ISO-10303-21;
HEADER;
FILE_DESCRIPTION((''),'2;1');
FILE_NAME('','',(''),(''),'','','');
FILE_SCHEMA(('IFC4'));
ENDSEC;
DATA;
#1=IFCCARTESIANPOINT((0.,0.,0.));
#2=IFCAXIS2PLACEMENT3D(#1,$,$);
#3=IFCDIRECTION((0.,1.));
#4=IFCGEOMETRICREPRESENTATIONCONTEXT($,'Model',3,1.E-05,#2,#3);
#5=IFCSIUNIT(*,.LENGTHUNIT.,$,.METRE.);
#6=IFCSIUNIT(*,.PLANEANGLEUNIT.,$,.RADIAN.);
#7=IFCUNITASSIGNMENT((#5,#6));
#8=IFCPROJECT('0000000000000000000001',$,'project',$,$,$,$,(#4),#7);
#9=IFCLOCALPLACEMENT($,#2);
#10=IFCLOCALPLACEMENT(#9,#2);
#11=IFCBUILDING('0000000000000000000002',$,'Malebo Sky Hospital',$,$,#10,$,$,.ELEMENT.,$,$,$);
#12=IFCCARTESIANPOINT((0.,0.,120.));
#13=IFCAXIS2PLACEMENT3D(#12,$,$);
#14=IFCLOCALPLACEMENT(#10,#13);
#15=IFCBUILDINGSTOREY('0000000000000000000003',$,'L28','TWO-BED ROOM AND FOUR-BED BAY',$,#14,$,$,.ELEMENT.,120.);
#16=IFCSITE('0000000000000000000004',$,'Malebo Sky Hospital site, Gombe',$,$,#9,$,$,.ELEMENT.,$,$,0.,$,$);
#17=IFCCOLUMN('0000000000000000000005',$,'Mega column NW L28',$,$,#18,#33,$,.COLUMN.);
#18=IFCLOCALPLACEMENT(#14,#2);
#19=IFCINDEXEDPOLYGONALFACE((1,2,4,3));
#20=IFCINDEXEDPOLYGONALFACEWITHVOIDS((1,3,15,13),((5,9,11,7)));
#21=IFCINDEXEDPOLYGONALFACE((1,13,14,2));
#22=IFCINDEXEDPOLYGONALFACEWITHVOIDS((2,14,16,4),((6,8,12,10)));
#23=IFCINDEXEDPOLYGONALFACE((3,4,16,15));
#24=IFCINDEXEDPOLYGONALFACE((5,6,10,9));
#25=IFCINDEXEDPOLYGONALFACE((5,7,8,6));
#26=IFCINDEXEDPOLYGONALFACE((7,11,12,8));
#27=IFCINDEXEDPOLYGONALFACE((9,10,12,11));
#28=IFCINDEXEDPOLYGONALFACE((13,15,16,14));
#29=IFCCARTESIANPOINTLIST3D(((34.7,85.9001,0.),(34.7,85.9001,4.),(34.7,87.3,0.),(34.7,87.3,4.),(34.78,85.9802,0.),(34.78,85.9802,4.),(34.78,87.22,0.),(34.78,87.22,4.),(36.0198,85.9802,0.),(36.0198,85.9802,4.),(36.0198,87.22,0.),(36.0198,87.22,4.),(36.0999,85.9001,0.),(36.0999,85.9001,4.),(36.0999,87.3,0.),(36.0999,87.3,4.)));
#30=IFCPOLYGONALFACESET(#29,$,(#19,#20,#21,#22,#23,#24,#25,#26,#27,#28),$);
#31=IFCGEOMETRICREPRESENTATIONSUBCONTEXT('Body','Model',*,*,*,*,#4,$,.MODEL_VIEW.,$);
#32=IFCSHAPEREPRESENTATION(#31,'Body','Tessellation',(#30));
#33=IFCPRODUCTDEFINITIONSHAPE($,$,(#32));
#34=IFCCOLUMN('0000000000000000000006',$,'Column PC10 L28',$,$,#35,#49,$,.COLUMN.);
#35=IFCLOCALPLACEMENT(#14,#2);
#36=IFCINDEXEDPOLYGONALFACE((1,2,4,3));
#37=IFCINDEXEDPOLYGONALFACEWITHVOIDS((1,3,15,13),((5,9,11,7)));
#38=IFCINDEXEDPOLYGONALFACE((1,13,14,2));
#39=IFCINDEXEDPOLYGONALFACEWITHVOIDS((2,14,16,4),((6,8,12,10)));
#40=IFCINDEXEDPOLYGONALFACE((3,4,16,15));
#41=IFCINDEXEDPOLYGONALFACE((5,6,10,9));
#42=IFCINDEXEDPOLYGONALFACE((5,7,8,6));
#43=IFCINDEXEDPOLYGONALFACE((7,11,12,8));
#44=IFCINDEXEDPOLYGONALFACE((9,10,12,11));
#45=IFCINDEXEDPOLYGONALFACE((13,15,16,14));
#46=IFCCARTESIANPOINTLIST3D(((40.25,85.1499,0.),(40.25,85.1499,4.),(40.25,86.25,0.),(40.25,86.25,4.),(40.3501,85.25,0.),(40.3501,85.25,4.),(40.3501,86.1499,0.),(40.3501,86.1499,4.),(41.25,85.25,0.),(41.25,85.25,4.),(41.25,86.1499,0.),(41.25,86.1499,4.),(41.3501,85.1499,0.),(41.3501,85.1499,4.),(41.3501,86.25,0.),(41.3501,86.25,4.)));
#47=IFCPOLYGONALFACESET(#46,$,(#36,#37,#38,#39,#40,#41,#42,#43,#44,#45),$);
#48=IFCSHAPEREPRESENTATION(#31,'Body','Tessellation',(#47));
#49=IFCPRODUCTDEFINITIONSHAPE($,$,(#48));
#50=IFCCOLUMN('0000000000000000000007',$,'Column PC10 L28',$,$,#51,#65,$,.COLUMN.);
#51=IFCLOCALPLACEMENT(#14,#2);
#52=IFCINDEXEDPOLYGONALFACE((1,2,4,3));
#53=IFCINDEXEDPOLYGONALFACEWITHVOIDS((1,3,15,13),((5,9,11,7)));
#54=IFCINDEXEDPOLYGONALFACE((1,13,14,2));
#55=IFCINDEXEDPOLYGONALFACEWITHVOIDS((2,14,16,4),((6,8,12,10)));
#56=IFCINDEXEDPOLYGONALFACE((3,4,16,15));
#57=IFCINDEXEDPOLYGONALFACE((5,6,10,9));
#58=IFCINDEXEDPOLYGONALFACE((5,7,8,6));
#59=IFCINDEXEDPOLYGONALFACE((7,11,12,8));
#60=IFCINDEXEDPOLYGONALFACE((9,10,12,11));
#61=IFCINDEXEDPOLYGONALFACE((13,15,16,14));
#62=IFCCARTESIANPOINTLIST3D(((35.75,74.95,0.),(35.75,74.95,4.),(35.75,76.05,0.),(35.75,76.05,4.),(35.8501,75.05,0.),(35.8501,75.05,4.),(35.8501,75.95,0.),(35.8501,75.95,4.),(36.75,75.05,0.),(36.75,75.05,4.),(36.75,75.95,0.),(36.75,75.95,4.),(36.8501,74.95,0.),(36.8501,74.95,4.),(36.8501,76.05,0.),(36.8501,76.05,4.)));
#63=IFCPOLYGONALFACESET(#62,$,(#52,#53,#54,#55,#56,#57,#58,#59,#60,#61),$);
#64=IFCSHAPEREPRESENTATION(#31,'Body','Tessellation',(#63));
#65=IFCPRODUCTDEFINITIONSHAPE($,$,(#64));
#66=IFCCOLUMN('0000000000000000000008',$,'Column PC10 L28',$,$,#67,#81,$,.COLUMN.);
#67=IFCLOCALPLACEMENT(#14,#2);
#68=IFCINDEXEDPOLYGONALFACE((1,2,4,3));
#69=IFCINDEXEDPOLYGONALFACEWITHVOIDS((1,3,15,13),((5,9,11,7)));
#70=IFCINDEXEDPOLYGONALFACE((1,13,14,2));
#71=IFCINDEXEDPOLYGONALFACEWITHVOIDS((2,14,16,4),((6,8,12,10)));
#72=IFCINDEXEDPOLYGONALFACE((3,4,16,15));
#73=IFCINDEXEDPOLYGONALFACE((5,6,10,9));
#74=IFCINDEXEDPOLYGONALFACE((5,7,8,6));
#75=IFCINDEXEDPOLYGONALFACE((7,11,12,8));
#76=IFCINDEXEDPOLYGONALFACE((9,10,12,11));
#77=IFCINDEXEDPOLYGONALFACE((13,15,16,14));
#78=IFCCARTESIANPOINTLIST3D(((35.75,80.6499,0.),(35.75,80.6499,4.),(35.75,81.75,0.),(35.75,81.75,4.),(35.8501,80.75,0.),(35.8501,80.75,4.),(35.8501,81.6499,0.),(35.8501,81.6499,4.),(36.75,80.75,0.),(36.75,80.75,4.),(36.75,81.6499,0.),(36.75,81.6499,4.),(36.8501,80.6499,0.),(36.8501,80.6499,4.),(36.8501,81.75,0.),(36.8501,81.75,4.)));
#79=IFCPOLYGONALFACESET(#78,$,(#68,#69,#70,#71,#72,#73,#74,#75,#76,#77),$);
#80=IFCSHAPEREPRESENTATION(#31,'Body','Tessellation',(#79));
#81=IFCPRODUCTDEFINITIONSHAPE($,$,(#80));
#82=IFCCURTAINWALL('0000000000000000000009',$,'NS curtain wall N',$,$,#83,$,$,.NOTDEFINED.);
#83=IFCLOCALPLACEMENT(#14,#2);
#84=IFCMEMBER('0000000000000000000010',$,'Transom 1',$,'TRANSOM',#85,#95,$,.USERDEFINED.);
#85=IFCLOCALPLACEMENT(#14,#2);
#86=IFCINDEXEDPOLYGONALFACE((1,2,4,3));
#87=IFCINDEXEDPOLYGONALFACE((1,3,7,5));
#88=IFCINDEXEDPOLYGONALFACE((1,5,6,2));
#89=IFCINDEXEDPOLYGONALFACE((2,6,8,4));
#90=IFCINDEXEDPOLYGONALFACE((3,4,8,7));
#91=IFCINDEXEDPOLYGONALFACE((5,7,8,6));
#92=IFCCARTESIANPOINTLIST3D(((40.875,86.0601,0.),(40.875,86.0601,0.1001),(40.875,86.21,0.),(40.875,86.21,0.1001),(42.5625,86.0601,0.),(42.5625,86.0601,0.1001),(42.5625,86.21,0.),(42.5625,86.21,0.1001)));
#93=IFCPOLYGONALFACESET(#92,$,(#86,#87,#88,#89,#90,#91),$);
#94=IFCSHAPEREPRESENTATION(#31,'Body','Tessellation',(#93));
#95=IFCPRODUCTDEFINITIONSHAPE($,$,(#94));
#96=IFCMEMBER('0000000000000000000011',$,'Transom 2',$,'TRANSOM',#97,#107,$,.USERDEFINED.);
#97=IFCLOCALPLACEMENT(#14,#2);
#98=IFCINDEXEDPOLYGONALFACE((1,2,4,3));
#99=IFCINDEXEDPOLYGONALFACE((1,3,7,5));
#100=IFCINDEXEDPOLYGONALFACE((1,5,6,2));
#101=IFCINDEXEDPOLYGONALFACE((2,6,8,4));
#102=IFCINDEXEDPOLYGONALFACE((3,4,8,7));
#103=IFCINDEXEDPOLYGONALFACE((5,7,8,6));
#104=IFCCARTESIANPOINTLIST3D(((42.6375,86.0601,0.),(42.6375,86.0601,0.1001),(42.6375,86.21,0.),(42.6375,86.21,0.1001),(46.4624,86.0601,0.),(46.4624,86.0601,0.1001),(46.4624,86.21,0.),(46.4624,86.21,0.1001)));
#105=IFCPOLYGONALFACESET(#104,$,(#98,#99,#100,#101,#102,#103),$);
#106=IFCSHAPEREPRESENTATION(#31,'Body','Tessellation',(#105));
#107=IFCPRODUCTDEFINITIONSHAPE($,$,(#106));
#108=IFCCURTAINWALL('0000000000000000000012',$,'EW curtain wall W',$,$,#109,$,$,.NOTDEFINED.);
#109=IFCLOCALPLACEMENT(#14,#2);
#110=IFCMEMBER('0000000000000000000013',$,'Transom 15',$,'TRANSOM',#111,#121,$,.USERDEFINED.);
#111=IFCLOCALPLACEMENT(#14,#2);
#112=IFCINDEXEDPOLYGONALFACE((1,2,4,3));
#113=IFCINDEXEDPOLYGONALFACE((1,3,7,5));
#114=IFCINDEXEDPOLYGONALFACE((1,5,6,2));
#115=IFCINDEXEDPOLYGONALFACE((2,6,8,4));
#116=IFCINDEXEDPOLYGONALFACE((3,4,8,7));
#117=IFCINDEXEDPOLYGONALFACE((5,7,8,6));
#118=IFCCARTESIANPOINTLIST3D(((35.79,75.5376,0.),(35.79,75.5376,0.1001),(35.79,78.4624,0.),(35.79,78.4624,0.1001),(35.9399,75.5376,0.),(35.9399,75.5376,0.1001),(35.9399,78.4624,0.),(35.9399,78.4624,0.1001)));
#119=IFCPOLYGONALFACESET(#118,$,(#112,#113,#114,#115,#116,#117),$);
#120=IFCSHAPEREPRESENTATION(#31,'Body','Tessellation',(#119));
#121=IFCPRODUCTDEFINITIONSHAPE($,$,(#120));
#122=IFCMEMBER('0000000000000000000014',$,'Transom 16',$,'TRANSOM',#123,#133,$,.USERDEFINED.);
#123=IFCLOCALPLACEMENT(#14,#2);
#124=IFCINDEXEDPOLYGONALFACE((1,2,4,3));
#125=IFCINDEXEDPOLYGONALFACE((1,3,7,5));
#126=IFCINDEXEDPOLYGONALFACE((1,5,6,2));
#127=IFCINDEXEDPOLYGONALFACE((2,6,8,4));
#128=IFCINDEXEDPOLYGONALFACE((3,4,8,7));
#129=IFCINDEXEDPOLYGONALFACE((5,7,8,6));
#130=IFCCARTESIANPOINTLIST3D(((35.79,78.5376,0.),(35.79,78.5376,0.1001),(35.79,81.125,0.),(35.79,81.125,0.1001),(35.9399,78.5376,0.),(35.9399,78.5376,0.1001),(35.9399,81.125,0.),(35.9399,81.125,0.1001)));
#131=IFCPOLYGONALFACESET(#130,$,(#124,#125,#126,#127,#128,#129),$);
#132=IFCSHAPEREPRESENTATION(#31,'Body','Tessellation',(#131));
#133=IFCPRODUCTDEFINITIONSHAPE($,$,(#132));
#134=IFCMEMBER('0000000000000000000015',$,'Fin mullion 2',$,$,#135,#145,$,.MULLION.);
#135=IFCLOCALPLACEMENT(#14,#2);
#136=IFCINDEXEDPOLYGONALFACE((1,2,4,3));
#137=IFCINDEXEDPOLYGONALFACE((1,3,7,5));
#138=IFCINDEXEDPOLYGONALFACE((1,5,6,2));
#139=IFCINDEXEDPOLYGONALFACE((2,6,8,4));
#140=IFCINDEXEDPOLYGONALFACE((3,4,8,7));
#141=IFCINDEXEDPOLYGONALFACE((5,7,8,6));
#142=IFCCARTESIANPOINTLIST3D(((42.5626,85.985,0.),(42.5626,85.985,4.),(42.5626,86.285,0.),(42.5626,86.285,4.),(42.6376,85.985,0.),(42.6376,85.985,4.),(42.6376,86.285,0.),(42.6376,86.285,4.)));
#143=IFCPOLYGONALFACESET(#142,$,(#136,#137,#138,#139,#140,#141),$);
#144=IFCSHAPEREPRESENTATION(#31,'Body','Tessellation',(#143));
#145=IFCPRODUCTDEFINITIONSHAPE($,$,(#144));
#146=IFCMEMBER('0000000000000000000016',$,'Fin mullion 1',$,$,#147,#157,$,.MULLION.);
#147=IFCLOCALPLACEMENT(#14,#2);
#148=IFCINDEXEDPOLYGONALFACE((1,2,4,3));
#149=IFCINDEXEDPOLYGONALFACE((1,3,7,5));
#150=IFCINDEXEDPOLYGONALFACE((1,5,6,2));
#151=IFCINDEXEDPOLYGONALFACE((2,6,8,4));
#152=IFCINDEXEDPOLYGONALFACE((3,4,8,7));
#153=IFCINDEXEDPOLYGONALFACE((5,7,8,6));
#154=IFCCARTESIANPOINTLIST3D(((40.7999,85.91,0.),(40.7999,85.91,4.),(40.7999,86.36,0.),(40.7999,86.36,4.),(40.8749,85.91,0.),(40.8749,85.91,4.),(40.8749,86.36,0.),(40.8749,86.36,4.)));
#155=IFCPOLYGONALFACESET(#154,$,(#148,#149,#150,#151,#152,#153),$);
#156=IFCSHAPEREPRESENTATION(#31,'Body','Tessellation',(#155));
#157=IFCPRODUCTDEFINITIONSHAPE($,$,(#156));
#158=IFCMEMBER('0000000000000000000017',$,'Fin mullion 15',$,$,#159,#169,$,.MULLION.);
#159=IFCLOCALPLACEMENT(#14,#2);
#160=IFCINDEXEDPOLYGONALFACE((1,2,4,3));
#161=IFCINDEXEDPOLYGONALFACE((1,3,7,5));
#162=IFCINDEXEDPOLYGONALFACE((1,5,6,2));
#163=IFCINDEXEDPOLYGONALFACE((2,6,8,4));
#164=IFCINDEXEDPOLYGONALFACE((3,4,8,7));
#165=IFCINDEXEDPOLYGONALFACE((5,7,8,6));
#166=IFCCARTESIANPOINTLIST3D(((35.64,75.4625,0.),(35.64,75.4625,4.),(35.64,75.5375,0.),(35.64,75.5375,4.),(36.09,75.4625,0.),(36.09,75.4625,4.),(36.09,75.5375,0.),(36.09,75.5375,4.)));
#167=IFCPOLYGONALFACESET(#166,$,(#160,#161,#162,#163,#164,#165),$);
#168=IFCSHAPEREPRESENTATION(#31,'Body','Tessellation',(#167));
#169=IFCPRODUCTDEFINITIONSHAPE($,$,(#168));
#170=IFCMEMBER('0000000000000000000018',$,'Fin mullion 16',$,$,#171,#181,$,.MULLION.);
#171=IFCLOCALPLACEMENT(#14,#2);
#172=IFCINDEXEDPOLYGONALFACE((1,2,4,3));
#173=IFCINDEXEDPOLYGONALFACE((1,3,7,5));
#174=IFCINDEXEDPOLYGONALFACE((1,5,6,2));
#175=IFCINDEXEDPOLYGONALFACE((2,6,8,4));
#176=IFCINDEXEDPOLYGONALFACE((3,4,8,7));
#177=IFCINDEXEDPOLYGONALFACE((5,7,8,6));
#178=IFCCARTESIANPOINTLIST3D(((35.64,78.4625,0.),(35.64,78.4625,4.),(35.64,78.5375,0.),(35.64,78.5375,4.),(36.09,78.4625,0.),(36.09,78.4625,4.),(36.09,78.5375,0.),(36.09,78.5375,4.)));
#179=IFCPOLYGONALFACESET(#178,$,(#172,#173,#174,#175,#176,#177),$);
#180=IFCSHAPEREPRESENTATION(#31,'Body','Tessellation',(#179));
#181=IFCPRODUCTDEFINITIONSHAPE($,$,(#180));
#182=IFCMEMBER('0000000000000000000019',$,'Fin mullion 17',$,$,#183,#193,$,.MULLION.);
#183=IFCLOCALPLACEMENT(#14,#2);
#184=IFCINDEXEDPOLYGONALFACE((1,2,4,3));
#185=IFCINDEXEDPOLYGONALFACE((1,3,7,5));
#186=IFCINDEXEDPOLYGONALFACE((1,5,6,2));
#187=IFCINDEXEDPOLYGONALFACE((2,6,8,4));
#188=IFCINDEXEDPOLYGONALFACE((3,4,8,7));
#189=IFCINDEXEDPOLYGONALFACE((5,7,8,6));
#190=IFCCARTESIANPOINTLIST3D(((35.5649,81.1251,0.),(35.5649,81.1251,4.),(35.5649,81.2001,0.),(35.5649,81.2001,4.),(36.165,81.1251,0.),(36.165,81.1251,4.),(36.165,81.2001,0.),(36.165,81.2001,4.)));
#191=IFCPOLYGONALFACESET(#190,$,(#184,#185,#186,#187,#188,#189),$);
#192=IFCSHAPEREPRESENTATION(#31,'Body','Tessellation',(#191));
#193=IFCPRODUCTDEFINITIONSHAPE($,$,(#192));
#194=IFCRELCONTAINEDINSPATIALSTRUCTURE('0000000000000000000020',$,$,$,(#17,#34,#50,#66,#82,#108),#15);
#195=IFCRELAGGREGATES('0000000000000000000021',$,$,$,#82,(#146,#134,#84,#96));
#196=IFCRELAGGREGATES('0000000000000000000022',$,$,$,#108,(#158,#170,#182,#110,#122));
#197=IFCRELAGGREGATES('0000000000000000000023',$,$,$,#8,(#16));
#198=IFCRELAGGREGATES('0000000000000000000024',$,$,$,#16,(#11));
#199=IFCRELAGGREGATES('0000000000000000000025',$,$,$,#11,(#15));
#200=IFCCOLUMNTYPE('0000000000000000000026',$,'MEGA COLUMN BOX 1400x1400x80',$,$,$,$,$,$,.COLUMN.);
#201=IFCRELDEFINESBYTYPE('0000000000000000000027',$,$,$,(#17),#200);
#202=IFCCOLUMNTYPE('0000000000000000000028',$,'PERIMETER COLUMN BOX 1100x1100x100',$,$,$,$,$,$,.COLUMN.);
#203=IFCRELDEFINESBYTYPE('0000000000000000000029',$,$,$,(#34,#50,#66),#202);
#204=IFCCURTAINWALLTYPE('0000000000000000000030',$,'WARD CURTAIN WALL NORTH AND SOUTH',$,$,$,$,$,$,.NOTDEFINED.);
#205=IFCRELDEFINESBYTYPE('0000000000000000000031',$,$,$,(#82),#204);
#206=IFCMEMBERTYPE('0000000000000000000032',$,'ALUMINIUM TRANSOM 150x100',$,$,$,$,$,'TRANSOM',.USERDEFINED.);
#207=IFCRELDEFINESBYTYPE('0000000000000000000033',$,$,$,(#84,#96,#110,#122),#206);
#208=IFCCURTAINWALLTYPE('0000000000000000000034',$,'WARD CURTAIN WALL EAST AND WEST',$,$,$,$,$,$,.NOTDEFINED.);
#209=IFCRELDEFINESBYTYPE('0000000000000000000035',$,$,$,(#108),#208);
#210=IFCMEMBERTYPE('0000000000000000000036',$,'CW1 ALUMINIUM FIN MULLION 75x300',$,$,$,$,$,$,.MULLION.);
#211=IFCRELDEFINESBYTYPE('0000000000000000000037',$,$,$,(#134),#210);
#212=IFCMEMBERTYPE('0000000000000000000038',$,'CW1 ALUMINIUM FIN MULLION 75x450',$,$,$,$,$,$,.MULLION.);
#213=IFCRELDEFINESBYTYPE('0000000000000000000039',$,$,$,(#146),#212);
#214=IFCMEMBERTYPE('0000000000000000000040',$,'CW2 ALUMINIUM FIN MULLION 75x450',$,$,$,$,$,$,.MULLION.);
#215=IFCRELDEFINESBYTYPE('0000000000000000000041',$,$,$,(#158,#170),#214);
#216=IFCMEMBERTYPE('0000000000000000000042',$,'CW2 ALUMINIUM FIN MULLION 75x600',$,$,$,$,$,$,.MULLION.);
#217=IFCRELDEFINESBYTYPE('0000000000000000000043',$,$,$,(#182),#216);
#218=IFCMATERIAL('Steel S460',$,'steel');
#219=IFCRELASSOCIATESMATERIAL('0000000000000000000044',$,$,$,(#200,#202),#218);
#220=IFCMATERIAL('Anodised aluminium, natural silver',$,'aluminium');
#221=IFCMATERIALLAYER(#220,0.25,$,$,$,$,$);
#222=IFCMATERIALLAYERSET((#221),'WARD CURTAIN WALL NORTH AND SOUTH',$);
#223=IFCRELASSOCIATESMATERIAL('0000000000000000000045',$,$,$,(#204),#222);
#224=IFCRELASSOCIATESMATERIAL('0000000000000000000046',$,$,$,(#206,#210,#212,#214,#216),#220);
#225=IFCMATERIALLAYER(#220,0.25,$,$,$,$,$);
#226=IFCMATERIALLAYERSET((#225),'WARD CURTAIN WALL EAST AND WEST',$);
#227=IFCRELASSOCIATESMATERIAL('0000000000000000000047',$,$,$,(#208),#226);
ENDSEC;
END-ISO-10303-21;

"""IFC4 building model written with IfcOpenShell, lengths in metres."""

from ifc_helpers import new_model, si_unit, direction, frame, origin, origin_2d, place, context, subcontext, project, spatial, rectangle, hollow_rectangle, extrude, material, layer, layer_set, material_profile, profile_set, type_object, element, aggregate, save


model = new_model("IFC4")

# Units and contexts
model_context = context("Model", 3, precision=1e-05, world=origin(), true_north=direction((0.0, 1.0)))
body_context = subcontext(model_context, "Body", "Model", "MODEL_VIEW")
ifc_project = project(units=[si_unit("LENGTHUNIT", "METRE"), si_unit("PLANEANGLEUNIT", "RADIAN")], contexts=[model_context])

# Site, building, storey
site_placement = place(None, origin())
site = spatial("IfcSite", under=ifc_project, at=site_placement, Name="Malebo Sky Hospital site, Gombe", CompositionType="ELEMENT", RefElevation=0.0)
building_placement = place(site_placement, origin())
building = spatial("IfcBuilding", under=site, at=building_placement, Name="Malebo Sky Hospital", CompositionType="ELEMENT")
storey_placement = place(building_placement, frame((0.0, 0.0, 120.0)))
storey = spatial("IfcBuildingStorey", under=building, at=storey_placement, Name="L28", Description="TWO-BED ROOM AND FOUR-BED BAY", CompositionType="ELEMENT", Elevation=120.0)

# Columns
ifc_material_1 = material(Name="Steel S460", Category="steel")
ifc_material_profile_1 = material_profile(ifc_material_1, hollow_rectangle(XDim=1.3999, YDim=1.3999, WallThickness=0.0801, at=origin_2d()), Name="BOX 1400x1400x80")
ifc_profile_set_1 = profile_set([ifc_material_profile_1], Name="Steel S460")
column_type_1 = type_object("IfcColumnType", Name="MEGA COLUMN BOX 1400x1400x80", PredefinedType="COLUMN", material=ifc_profile_set_1)
column_placement = place(storey_placement, frame((35.3999, 86.6001, 0.0), z_axis=(0.0, 0.0, 1.0), x_axis=(1.0, 0.0, 0.0)))
element("IfcColumn", 1, at=column_placement, inside=storey, type_object=column_type_1, Name="Mega column NW L28", PredefinedType="COLUMN", context=body_context, shape_type="SweptSolid", body=[
    extrude(hollow_rectangle(XDim=1.3999, YDim=1.3999, WallThickness=0.0801, at=origin_2d()), origin(), (0.0, 0.0, 1.0), 4.0),
])
ifc_material_profile_2 = material_profile(ifc_material_1, hollow_rectangle(XDim=1.1001, YDim=1.1001, WallThickness=0.1001, at=origin_2d()), Name="BOX 1100x1100x100")
ifc_profile_set_2 = profile_set([ifc_material_profile_2], Name="Steel S460")
column_type_2 = type_object("IfcColumnType", Name="PERIMETER COLUMN BOX 1100x1100x100", PredefinedType="COLUMN", material=ifc_profile_set_2)
for number, where, z_axis, x_axis, name in (
    (2, (40.8, 85.7, 0.0), (0.0, 0.0, 1.0), (1.0, 0.0, 0.0), "Column PC10 L28"),
    (3, (36.3, 75.5, 0.0), (0.0, 0.0, 1.0), (1.0, 0.0, 0.0), "Column PC10 L28"),
    (4, (36.3, 81.2, 0.0), (0.0, 0.0, 1.0), (1.0, 0.0, 0.0), "Column PC10 L28"),
):
    element("IfcColumn", number, at=place(storey_placement, frame(where, z_axis=z_axis, x_axis=x_axis)), inside=storey, type_object=column_type_2, Name=name, PredefinedType="COLUMN", context=body_context, shape_type="SweptSolid", body=[
        extrude(hollow_rectangle(XDim=1.1001, YDim=1.1001, WallThickness=0.1001, at=origin_2d()), origin(), (0.0, 0.0, 1.0), 4.0),
    ])

# Curtain walls, members
ifc_material_2 = material(Name="Anodised aluminium, natural silver", Category="aluminium")
ifc_layer_1 = layer(ifc_material_2, 0.25)
ifc_layer_set_1 = layer_set([ifc_layer_1], Name="WARD CURTAIN WALL NORTH AND SOUTH")
curtain_wall_type_1 = type_object("IfcCurtainWallType", Name="WARD CURTAIN WALL NORTH AND SOUTH", PredefinedType="NOTDEFINED", material=ifc_layer_set_1)
curtain_wall_1_placement = place(storey_placement, origin())
curtain_wall_1 = element("IfcCurtainWall", 5, at=curtain_wall_1_placement, inside=storey, type_object=curtain_wall_type_1, Name="NS curtain wall N", PredefinedType="NOTDEFINED")
ifc_material_profile_3 = material_profile(ifc_material_2, rectangle(XDim=0.1499, YDim=0.1001, at=origin_2d()), Name="ALUMINIUM TRANSOM 150x100")
ifc_profile_set_3 = profile_set([ifc_material_profile_3], Name="Anodised aluminium, natural silver")
member_type_1 = type_object("IfcMemberType", Name="ALUMINIUM TRANSOM 150x100", ElementType="TRANSOM", PredefinedType="USERDEFINED", material=ifc_profile_set_3)
member_1_placement = place(storey_placement, frame((40.875, 86.135, 0.05), z_axis=(1.0, 0.0, 0.0), x_axis=(0.0, 1.0, 0.0)))
member_1 = element("IfcMember", 6, at=member_1_placement, type_object=member_type_1, Name="Transom 1", ObjectType="TRANSOM", PredefinedType="USERDEFINED", context=body_context, shape_type="SweptSolid", body=[
    extrude(rectangle(XDim=0.1499, YDim=0.1001, at=origin_2d()), origin(), (0.0, 0.0, 1.0), 1.6875),
])
member_2_placement = place(storey_placement, frame((42.6375, 86.135, 0.05), z_axis=(1.0, 0.0, 0.0), x_axis=(0.0, 1.0, 0.0)))
member_2 = element("IfcMember", 7, at=member_2_placement, type_object=member_type_1, Name="Transom 2", ObjectType="TRANSOM", PredefinedType="USERDEFINED", context=body_context, shape_type="SweptSolid", body=[
    extrude(rectangle(XDim=0.1499, YDim=0.1001, at=origin_2d()), origin(), (0.0, 0.0, 1.0), 3.825),
])
ifc_layer_2 = layer(ifc_material_2, 0.25)
ifc_layer_set_2 = layer_set([ifc_layer_2], Name="WARD CURTAIN WALL EAST AND WEST")
curtain_wall_type_2 = type_object("IfcCurtainWallType", Name="WARD CURTAIN WALL EAST AND WEST", PredefinedType="NOTDEFINED", material=ifc_layer_set_2)
curtain_wall_2_placement = place(storey_placement, origin())
curtain_wall_2 = element("IfcCurtainWall", 8, at=curtain_wall_2_placement, inside=storey, type_object=curtain_wall_type_2, Name="EW curtain wall W", PredefinedType="NOTDEFINED")
member_3_placement = place(storey_placement, frame((35.865, 75.5376, 0.05), z_axis=(0.0, 1.0, 0.0), x_axis=(-1.0, 0.0, 0.0)))
member_3 = element("IfcMember", 9, at=member_3_placement, type_object=member_type_1, Name="Transom 15", ObjectType="TRANSOM", PredefinedType="USERDEFINED", context=body_context, shape_type="SweptSolid", body=[
    extrude(rectangle(XDim=0.1499, YDim=0.1001, at=origin_2d()), origin(), (0.0, 0.0, 1.0), 2.9248),
])
member_4_placement = place(storey_placement, frame((35.865, 78.5376, 0.05), z_axis=(0.0, 1.0, 0.0), x_axis=(-1.0, 0.0, 0.0)))
member_4 = element("IfcMember", 10, at=member_4_placement, type_object=member_type_1, Name="Transom 16", ObjectType="TRANSOM", PredefinedType="USERDEFINED", context=body_context, shape_type="SweptSolid", body=[
    extrude(rectangle(XDim=0.1499, YDim=0.1001, at=origin_2d()), origin(), (0.0, 0.0, 1.0), 2.5874),
])

# Members
ifc_material_profile_4 = material_profile(ifc_material_2, rectangle(XDim=0.075, YDim=0.3, at=origin_2d()), Name="CW1 ALUMINIUM FIN MULLION 75x300")
ifc_profile_set_4 = profile_set([ifc_material_profile_4], Name="Anodised aluminium, natural silver")
member_type_2 = type_object("IfcMemberType", Name="CW1 ALUMINIUM FIN MULLION 75x300", PredefinedType="MULLION", material=ifc_profile_set_4)
member_5_placement = place(storey_placement, frame((42.6001, 86.135, 0.0), z_axis=(0.0, 0.0, 1.0), x_axis=(1.0, 0.0, 0.0)))
member_5 = element("IfcMember", 11, at=member_5_placement, type_object=member_type_2, Name="Fin mullion 2", PredefinedType="MULLION", context=body_context, shape_type="SweptSolid", body=[
    extrude(rectangle(XDim=0.075, YDim=0.3, at=origin_2d()), origin(), (0.0, 0.0, 1.0), 4.0),
])
ifc_material_profile_5 = material_profile(ifc_material_2, rectangle(XDim=0.075, YDim=0.45, at=origin_2d()), Name="CW1 ALUMINIUM FIN MULLION 75x450")
ifc_profile_set_5 = profile_set([ifc_material_profile_5], Name="Anodised aluminium, natural silver")
member_type_3 = type_object("IfcMemberType", Name="CW1 ALUMINIUM FIN MULLION 75x450", PredefinedType="MULLION", material=ifc_profile_set_5)
member_6_placement = place(storey_placement, frame((40.8374, 86.135, 0.0), z_axis=(0.0, 0.0, 1.0), x_axis=(1.0, 0.0, 0.0)))
member_6 = element("IfcMember", 12, at=member_6_placement, type_object=member_type_3, Name="Fin mullion 1", PredefinedType="MULLION", context=body_context, shape_type="SweptSolid", body=[
    extrude(rectangle(XDim=0.075, YDim=0.45, at=origin_2d()), origin(), (0.0, 0.0, 1.0), 4.0),
])
ifc_material_profile_6 = material_profile(ifc_material_2, rectangle(XDim=0.075, YDim=0.45, at=origin_2d()), Name="CW2 ALUMINIUM FIN MULLION 75x450")
ifc_profile_set_6 = profile_set([ifc_material_profile_6], Name="Anodised aluminium, natural silver")
member_type_4 = type_object("IfcMemberType", Name="CW2 ALUMINIUM FIN MULLION 75x450", PredefinedType="MULLION", material=ifc_profile_set_6)
member_7_placement = place(storey_placement, frame((35.865, 75.5, 0.0), z_axis=(0.0, 0.0, 1.0), x_axis=(0.0, 1.0, 0.0)))
member_7 = element("IfcMember", 13, at=member_7_placement, type_object=member_type_4, Name="Fin mullion 15", PredefinedType="MULLION", context=body_context, shape_type="SweptSolid", body=[
    extrude(rectangle(XDim=0.075, YDim=0.45, at=origin_2d()), origin(), (0.0, 0.0, 1.0), 4.0),
])
member_8_placement = place(storey_placement, frame((35.865, 78.5, 0.0), z_axis=(0.0, 0.0, 1.0), x_axis=(0.0, 1.0, 0.0)))
member_8 = element("IfcMember", 14, at=member_8_placement, type_object=member_type_4, Name="Fin mullion 16", PredefinedType="MULLION", context=body_context, shape_type="SweptSolid", body=[
    extrude(rectangle(XDim=0.075, YDim=0.45, at=origin_2d()), origin(), (0.0, 0.0, 1.0), 4.0),
])
ifc_material_profile_7 = material_profile(ifc_material_2, rectangle(XDim=0.075, YDim=0.6001, at=origin_2d()), Name="CW2 ALUMINIUM FIN MULLION 75x600")
ifc_profile_set_7 = profile_set([ifc_material_profile_7], Name="Anodised aluminium, natural silver")
member_type_5 = type_object("IfcMemberType", Name="CW2 ALUMINIUM FIN MULLION 75x600", PredefinedType="MULLION", material=ifc_profile_set_7)
member_9_placement = place(storey_placement, frame((35.865, 81.1626, 0.0), z_axis=(0.0, 0.0, 1.0), x_axis=(0.0, 1.0, 0.0)))
member_9 = element("IfcMember", 15, at=member_9_placement, type_object=member_type_5, Name="Fin mullion 17", PredefinedType="MULLION", context=body_context, shape_type="SweptSolid", body=[
    extrude(rectangle(XDim=0.075, YDim=0.6001, at=origin_2d()), origin(), (0.0, 0.0, 1.0), 4.0),
])

aggregate(curtain_wall_1, [member_6, member_5, member_1, member_2])
aggregate(curtain_wall_2, [member_7, member_8, member_9, member_3, member_4])

save(model, "model.ifc")
